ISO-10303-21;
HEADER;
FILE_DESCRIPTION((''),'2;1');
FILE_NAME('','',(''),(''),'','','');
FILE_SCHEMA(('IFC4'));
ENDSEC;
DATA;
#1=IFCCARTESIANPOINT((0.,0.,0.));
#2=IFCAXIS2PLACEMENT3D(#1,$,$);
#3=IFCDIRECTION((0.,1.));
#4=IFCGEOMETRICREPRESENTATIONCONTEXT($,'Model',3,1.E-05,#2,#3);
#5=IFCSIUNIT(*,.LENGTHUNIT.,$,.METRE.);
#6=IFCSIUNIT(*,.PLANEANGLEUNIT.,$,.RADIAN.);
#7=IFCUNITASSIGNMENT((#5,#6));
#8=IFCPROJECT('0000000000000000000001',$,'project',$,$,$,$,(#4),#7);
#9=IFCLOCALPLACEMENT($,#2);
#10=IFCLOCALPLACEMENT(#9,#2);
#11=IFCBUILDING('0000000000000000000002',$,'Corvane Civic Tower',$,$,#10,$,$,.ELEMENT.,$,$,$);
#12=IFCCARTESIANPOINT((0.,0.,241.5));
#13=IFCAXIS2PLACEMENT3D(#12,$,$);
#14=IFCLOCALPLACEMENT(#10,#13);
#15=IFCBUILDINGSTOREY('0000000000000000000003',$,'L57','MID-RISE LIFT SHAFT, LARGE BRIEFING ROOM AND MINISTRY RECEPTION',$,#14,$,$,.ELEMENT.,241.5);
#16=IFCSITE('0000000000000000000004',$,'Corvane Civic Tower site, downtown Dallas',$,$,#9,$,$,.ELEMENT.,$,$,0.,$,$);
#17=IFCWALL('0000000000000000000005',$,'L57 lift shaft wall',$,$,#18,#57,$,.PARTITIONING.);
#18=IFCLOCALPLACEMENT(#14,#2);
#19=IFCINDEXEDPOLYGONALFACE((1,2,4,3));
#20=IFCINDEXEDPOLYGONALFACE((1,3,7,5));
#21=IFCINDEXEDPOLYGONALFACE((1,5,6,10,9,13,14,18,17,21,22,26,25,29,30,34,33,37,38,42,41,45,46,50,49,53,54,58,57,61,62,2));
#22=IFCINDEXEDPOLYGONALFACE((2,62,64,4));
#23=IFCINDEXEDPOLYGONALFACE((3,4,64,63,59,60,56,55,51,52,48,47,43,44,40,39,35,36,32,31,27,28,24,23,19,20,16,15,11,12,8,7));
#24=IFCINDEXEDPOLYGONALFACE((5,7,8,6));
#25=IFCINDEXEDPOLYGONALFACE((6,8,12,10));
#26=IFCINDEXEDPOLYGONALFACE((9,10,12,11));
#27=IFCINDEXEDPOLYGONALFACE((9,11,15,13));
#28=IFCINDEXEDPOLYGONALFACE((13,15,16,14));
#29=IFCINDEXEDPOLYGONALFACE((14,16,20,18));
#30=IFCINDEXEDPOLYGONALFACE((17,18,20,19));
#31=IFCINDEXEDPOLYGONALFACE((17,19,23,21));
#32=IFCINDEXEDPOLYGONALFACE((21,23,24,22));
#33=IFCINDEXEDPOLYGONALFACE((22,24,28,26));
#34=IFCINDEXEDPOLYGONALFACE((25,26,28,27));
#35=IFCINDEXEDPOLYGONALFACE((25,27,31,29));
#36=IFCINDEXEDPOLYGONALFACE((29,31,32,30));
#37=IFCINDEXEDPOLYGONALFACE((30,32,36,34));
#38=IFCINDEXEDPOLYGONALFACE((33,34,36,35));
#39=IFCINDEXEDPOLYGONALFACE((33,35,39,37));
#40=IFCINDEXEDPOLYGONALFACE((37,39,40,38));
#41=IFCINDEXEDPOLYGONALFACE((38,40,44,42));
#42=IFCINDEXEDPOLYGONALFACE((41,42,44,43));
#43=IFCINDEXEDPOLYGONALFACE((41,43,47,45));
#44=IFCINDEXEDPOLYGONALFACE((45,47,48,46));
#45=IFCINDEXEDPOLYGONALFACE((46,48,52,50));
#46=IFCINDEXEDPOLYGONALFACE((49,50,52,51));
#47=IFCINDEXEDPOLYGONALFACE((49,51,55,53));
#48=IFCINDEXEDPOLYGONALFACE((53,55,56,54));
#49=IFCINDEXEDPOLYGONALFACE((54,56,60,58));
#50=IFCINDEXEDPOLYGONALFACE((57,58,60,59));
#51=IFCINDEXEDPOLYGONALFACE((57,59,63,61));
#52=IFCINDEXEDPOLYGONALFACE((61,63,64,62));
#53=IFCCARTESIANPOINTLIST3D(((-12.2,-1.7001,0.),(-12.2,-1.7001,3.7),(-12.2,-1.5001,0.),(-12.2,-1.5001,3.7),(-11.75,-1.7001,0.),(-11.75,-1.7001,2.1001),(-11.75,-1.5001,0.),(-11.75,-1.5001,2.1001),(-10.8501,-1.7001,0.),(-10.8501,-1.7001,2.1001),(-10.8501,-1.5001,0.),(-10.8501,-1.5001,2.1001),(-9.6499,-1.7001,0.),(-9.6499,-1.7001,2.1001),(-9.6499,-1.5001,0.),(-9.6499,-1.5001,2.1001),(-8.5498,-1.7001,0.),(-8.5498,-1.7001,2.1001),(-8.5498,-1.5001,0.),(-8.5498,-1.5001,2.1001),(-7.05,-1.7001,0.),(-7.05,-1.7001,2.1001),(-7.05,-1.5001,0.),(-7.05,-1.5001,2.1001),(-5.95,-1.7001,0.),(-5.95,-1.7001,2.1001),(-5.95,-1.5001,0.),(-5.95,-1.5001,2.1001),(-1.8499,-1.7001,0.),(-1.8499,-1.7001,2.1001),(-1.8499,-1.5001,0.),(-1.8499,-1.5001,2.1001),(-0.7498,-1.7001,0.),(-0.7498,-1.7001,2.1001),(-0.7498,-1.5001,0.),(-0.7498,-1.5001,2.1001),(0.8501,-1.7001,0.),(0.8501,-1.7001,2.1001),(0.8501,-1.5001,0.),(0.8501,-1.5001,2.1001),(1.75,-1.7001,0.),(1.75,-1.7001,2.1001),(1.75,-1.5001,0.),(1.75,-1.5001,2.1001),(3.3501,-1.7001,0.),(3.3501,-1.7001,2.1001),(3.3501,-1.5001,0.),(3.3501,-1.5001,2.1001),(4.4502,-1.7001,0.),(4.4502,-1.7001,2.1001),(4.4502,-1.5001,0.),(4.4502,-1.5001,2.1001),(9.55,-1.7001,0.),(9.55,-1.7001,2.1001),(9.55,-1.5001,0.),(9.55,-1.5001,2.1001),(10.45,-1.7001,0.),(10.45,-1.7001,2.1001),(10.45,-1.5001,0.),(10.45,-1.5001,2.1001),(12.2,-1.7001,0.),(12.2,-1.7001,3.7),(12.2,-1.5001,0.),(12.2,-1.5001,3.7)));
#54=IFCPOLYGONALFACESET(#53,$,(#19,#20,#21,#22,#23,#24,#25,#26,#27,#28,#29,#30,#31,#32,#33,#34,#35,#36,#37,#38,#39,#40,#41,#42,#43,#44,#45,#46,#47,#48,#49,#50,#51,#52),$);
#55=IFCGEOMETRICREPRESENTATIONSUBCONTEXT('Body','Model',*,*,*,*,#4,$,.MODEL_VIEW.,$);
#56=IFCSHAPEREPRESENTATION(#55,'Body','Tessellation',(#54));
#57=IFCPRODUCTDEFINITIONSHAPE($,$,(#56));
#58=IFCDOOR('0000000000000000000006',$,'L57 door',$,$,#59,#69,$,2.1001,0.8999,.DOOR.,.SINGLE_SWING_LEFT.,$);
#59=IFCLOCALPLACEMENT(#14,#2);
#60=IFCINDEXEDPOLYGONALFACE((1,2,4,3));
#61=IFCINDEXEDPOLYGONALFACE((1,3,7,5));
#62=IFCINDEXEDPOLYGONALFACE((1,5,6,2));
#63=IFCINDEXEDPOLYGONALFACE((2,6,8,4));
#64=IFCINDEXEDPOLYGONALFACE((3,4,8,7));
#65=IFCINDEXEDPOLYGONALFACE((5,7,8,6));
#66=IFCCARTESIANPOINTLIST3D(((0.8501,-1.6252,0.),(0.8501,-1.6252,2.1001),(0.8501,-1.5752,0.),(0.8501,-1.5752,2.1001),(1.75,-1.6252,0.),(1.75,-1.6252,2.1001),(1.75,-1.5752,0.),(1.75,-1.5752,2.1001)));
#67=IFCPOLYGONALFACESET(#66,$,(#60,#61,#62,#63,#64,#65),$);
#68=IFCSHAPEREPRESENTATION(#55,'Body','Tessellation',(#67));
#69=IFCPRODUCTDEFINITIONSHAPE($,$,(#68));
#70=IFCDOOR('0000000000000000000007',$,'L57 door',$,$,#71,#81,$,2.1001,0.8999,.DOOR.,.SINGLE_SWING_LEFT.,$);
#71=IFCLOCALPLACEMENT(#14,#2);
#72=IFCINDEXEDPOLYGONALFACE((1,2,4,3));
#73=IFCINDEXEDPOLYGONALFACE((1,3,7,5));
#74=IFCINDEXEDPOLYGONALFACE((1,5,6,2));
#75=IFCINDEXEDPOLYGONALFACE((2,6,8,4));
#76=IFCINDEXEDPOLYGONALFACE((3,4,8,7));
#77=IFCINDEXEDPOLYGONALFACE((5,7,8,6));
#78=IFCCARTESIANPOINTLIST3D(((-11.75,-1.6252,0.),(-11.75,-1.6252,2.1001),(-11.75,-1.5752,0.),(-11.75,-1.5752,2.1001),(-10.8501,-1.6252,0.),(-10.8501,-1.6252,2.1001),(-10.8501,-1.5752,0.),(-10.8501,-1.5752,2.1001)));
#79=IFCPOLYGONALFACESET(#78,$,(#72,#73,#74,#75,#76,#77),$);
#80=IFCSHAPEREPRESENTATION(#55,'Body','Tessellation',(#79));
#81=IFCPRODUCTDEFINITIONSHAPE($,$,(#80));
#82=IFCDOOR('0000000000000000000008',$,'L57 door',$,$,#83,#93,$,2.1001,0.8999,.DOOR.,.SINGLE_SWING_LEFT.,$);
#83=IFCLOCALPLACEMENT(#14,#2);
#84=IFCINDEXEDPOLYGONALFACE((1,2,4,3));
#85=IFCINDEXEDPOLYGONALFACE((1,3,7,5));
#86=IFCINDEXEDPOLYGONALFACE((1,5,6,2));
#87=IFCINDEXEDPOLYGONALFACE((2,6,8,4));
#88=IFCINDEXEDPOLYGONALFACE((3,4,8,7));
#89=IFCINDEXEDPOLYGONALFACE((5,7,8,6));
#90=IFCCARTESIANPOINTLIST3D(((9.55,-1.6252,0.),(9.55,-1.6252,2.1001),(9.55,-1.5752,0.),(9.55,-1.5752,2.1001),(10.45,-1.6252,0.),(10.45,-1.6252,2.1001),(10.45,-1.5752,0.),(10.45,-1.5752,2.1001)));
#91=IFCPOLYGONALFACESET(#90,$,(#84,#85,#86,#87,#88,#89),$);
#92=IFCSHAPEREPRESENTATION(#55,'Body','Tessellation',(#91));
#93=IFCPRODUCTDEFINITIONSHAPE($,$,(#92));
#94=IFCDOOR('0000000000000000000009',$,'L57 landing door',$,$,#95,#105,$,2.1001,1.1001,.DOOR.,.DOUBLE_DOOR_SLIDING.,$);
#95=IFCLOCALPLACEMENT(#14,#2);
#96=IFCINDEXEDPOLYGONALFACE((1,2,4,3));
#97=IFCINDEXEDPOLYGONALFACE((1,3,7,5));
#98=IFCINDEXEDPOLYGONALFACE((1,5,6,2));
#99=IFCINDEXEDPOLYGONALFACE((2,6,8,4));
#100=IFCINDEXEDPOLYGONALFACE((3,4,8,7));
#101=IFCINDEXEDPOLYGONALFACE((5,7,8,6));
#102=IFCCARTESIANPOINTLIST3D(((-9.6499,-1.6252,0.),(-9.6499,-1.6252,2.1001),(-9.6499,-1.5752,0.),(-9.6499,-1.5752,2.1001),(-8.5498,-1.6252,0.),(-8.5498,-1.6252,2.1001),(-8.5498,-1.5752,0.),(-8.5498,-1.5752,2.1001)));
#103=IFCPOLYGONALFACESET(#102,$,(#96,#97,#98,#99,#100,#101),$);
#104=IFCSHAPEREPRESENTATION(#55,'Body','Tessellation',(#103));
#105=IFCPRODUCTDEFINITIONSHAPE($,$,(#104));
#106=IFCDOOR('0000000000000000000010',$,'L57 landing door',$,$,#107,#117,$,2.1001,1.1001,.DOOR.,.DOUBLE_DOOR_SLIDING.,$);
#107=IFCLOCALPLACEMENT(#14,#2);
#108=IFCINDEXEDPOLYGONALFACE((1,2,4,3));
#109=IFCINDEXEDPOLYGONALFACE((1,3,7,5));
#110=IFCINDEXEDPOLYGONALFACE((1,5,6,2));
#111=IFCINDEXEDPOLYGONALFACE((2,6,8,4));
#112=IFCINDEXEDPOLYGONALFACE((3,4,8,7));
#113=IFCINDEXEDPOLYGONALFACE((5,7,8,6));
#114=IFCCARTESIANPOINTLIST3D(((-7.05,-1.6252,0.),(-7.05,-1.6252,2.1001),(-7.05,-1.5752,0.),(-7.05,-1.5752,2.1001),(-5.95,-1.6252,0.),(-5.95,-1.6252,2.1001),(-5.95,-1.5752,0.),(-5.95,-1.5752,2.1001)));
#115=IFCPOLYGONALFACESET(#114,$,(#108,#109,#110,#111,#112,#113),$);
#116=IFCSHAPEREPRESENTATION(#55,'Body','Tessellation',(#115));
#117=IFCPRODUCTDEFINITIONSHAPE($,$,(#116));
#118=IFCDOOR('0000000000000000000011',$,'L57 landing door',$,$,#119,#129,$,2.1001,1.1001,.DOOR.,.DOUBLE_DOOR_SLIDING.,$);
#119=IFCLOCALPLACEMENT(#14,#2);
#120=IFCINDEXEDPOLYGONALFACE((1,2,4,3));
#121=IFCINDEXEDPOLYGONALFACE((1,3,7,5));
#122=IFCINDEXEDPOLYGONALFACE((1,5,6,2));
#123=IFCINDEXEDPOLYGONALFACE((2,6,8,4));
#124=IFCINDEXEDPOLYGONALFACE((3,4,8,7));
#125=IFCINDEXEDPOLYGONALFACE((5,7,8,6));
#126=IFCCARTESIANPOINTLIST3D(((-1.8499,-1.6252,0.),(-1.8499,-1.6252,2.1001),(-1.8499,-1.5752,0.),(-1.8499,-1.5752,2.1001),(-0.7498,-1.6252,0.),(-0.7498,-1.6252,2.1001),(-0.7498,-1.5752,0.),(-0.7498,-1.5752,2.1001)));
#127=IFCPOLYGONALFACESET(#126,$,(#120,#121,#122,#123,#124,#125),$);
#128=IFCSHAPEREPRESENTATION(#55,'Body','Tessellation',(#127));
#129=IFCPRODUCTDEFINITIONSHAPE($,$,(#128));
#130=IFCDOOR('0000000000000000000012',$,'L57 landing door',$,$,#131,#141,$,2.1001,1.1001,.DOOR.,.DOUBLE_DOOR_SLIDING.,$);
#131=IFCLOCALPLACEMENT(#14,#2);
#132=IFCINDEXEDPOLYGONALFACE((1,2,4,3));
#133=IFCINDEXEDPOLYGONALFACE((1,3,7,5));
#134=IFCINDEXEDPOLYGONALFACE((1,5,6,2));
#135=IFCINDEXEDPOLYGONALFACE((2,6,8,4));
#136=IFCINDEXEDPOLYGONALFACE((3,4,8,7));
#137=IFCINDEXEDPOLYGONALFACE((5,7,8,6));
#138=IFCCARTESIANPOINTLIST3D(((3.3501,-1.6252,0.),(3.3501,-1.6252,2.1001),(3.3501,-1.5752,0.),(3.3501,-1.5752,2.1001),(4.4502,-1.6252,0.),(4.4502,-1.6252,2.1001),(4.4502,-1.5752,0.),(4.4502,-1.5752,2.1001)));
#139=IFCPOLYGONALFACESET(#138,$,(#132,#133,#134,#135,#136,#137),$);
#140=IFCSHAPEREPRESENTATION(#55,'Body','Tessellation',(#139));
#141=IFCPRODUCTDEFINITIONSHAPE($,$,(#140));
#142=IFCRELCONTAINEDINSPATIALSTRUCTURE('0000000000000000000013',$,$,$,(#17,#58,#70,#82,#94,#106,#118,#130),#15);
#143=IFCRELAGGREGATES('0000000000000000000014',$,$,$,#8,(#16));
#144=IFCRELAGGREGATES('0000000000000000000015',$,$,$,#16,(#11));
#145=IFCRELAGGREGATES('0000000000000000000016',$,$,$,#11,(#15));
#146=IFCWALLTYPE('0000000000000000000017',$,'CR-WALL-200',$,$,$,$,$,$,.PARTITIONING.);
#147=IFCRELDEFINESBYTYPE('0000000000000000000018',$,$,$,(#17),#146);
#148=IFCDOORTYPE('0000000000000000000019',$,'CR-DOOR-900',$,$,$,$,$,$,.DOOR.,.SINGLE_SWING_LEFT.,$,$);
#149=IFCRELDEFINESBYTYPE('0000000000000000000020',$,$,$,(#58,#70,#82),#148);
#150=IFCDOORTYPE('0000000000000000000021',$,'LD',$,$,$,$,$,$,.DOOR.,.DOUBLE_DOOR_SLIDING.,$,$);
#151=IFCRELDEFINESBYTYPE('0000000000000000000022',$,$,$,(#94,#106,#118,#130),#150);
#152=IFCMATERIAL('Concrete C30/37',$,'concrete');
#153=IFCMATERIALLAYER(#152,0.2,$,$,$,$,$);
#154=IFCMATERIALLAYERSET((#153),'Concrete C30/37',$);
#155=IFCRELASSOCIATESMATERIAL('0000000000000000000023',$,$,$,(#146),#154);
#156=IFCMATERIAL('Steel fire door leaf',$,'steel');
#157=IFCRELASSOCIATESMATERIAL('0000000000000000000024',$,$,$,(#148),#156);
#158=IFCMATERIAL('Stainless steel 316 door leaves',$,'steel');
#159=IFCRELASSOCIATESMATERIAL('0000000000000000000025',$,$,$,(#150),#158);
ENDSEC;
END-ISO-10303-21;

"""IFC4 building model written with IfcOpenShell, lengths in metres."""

from ifc_helpers import new_model, si_unit, direction, frame, frame_2d, origin, place, context, subcontext, project, spatial, rectangle, extrude, material, layer, layer_set, type_object, element, fill, save


model = new_model("IFC4")

# Units and contexts
model_context = context("Model", 3, precision=1e-05, world=origin(), true_north=direction((0.0, 1.0)))
body_context = subcontext(model_context, "Body", "Model", "MODEL_VIEW")
ifc_project = project(units=[si_unit("LENGTHUNIT", "METRE"), si_unit("PLANEANGLEUNIT", "RADIAN")], contexts=[model_context])

# Site, building, storey
site_placement = place(None, origin())
site = spatial("IfcSite", under=ifc_project, at=site_placement, Name="Corvane Civic Tower site, downtown Dallas", CompositionType="ELEMENT", RefElevation=0.0)
building_placement = place(site_placement, origin())
building = spatial("IfcBuilding", under=site, at=building_placement, Name="Corvane Civic Tower", CompositionType="ELEMENT")
storey_placement = place(building_placement, frame((0.0, 0.0, 241.5)))
storey = spatial("IfcBuildingStorey", under=building, at=storey_placement, Name="L57", Description="MID-RISE LIFT SHAFT, LARGE BRIEFING ROOM AND MINISTRY RECEPTION", CompositionType="ELEMENT", Elevation=241.5)

# Shared definitions
ifc_material_1 = material(Name="Concrete C30/37", Category="concrete")
ifc_layer_1 = layer(ifc_material_1, 0.2)
ifc_layer_set_1 = layer_set([ifc_layer_1], Name="Concrete C30/37")
wall_type_1 = type_object("IfcWallType", Name="CR-WALL-200", PredefinedType="PARTITIONING", material=ifc_layer_set_1)
ifc_material_2 = material(Name="Steel fire door leaf", Category="steel")
door_type_1 = type_object("IfcDoorType", Name="CR-DOOR-900", OperationType="SINGLE_SWING_LEFT", PredefinedType="DOOR", material=ifc_material_2)

# Wall, openings, doors
wall_1_placement = place(storey_placement, frame((-12.2, -1.6001, 0.0), z_axis=(0.0, 0.0, 1.0), x_axis=(1.0, 0.0, 0.0)))
wall_1 = element("IfcWall", 1, at=wall_1_placement, inside=storey, type_object=wall_type_1, Name="L57 lift shaft wall", PredefinedType="PARTITIONING", context=body_context, shape_type="SweptSolid", body=[
    extrude(rectangle(XDim=24.3999, YDim=0.2, at=frame_2d((12.2, 0.0))), origin(), (0.0, 0.0, 1.0), 3.7),
])
opening_1_placement = place(wall_1_placement, frame((2.55, 0.0, 0.0)))
opening_1 = element("IfcOpeningElement", 2, at=opening_1_placement, cuts=wall_1, PredefinedType="OPENING", context=body_context, shape_type="SweptSolid", body=[
    extrude(rectangle(XDim=1.1001, YDim=2.1001, at=frame_2d((0.55, 1.05))), frame((0.0, 0.1099, 0.0), z_axis=(0.0, -1.0, 0.0), x_axis=(1.0, 0.0, 0.0)), (0.0, 0.0, 1.0), 0.22),
])
opening_2_placement = place(wall_1_placement, frame((5.1499, 0.0, 0.0)))
opening_2 = element("IfcOpeningElement", 3, at=opening_2_placement, cuts=wall_1, PredefinedType="OPENING", context=body_context, shape_type="SweptSolid", body=[
    extrude(rectangle(XDim=1.1001, YDim=2.1001, at=frame_2d((0.55, 1.05))), frame((0.0, 0.1099, 0.0), z_axis=(0.0, -1.0, 0.0), x_axis=(1.0, 0.0, 0.0)), (0.0, 0.0, 1.0), 0.22),
])
opening_3_placement = place(wall_1_placement, frame((10.3501, 0.0, 0.0)))
opening_3 = element("IfcOpeningElement", 4, at=opening_3_placement, cuts=wall_1, PredefinedType="OPENING", context=body_context, shape_type="SweptSolid", body=[
    extrude(rectangle(XDim=1.1001, YDim=2.1001, at=frame_2d((0.55, 1.05))), frame((0.0, 0.1099, 0.0), z_axis=(0.0, -1.0, 0.0), x_axis=(1.0, 0.0, 0.0)), (0.0, 0.0, 1.0), 0.22),
])
opening_4_placement = place(wall_1_placement, frame((13.05, 0.0, 0.0)))
opening_4 = element("IfcOpeningElement", 5, at=opening_4_placement, cuts=wall_1, PredefinedType="OPENING", context=body_context, shape_type="SweptSolid", body=[
    extrude(rectangle(XDim=0.8999, YDim=2.1001, at=frame_2d((0.45, 1.05))), frame((0.0, 0.1099, 0.0), z_axis=(0.0, -1.0, 0.0), x_axis=(1.0, 0.0, 0.0)), (0.0, 0.0, 1.0), 0.22),
])
opening_5_placement = place(wall_1_placement, frame((15.55, 0.0, 0.0)))
opening_5 = element("IfcOpeningElement", 6, at=opening_5_placement, cuts=wall_1, PredefinedType="OPENING", context=body_context, shape_type="SweptSolid", body=[
    extrude(rectangle(XDim=1.1001, YDim=2.1001, at=frame_2d((0.55, 1.05))), frame((0.0, 0.1099, 0.0), z_axis=(0.0, -1.0, 0.0), x_axis=(1.0, 0.0, 0.0)), (0.0, 0.0, 1.0), 0.22),
])
opening_6_placement = place(wall_1_placement, frame((0.45, 0.0, 0.0)))
opening_6 = element("IfcOpeningElement", 7, at=opening_6_placement, cuts=wall_1, PredefinedType="OPENING", context=body_context, shape_type="SweptSolid", body=[
    extrude(rectangle(XDim=0.8999, YDim=2.1001, at=frame_2d((0.45, 1.05))), frame((0.0, 0.1099, 0.0), z_axis=(0.0, -1.0, 0.0), x_axis=(1.0, 0.0, 0.0)), (0.0, 0.0, 1.0), 0.22),
])
opening_7_placement = place(wall_1_placement, frame((21.75, 0.0, 0.0)))
opening_7 = element("IfcOpeningElement", 8, at=opening_7_placement, cuts=wall_1, PredefinedType="OPENING", context=body_context, shape_type="SweptSolid", body=[
    extrude(rectangle(XDim=0.8999, YDim=2.1001, at=frame_2d((0.45, 1.05))), frame((0.0, 0.1099, 0.0), z_axis=(0.0, -1.0, 0.0), x_axis=(1.0, 0.0, 0.0)), (0.0, 0.0, 1.0), 0.22),
])
door_1_placement = place(opening_4_placement, origin())
door_1 = element("IfcDoor", 9, at=door_1_placement, inside=storey, type_object=door_type_1, Name="L57 door", OperationType="SINGLE_SWING_LEFT", OverallHeight=2.1001, OverallWidth=0.8999, PredefinedType="DOOR", context=body_context, shape_type="SweptSolid", body=[
    extrude(rectangle(XDim=0.8999, YDim=2.1001, at=frame_2d((0.45, 1.05))), frame((0.0, 0.0249, 0.0), z_axis=(0.0, -1.0, 0.0), x_axis=(1.0, 0.0, 0.0)), (0.0, 0.0, 1.0), 0.05),
])
fill(opening_4, door_1)
door_2_placement = place(opening_6_placement, origin())
door_2 = element("IfcDoor", 10, at=door_2_placement, inside=storey, type_object=door_type_1, Name="L57 door", OperationType="SINGLE_SWING_LEFT", OverallHeight=2.1001, OverallWidth=0.8999, PredefinedType="DOOR", context=body_context, shape_type="SweptSolid", body=[
    extrude(rectangle(XDim=0.8999, YDim=2.1001, at=frame_2d((0.45, 1.05))), frame((0.0, 0.0249, 0.0), z_axis=(0.0, -1.0, 0.0), x_axis=(1.0, 0.0, 0.0)), (0.0, 0.0, 1.0), 0.05),
])
fill(opening_6, door_2)
door_3_placement = place(opening_7_placement, origin())
door_3 = element("IfcDoor", 11, at=door_3_placement, inside=storey, type_object=door_type_1, Name="L57 door", OperationType="SINGLE_SWING_LEFT", OverallHeight=2.1001, OverallWidth=0.8999, PredefinedType="DOOR", context=body_context, shape_type="SweptSolid", body=[
    extrude(rectangle(XDim=0.8999, YDim=2.1001, at=frame_2d((0.45, 1.05))), frame((0.0, 0.0249, 0.0), z_axis=(0.0, -1.0, 0.0), x_axis=(1.0, 0.0, 0.0)), (0.0, 0.0, 1.0), 0.05),
])
fill(opening_7, door_3)
ifc_material_3 = material(Name="Stainless steel 316 door leaves", Category="steel")
door_type_2 = type_object("IfcDoorType", Name="LD", OperationType="DOUBLE_DOOR_SLIDING", PredefinedType="DOOR", material=ifc_material_3)
door_4_placement = place(opening_1_placement, origin())
door_4 = element("IfcDoor", 12, at=door_4_placement, inside=storey, type_object=door_type_2, Name="L57 landing door", OperationType="DOUBLE_DOOR_SLIDING", OverallHeight=2.1001, OverallWidth=1.1001, PredefinedType="DOOR", context=body_context, shape_type="SweptSolid", body=[
    extrude(rectangle(XDim=1.1001, YDim=2.1001, at=frame_2d((0.55, 1.05))), frame((0.0, 0.0249, 0.0), z_axis=(0.0, -1.0, 0.0), x_axis=(1.0, 0.0, 0.0)), (0.0, 0.0, 1.0), 0.05),
])
fill(opening_1, door_4)
door_5_placement = place(opening_2_placement, origin())
door_5 = element("IfcDoor", 13, at=door_5_placement, inside=storey, type_object=door_type_2, Name="L57 landing door", OperationType="DOUBLE_DOOR_SLIDING", OverallHeight=2.1001, OverallWidth=1.1001, PredefinedType="DOOR", context=body_context, shape_type="SweptSolid", body=[
    extrude(rectangle(XDim=1.1001, YDim=2.1001, at=frame_2d((0.55, 1.05))), frame((0.0, 0.0249, 0.0), z_axis=(0.0, -1.0, 0.0), x_axis=(1.0, 0.0, 0.0)), (0.0, 0.0, 1.0), 0.05),
])
fill(opening_2, door_5)
door_6_placement = place(opening_3_placement, origin())
door_6 = element("IfcDoor", 14, at=door_6_placement, inside=storey, type_object=door_type_2, Name="L57 landing door", OperationType="DOUBLE_DOOR_SLIDING", OverallHeight=2.1001, OverallWidth=1.1001, PredefinedType="DOOR", context=body_context, shape_type="SweptSolid", body=[
    extrude(rectangle(XDim=1.1001, YDim=2.1001, at=frame_2d((0.55, 1.05))), frame((0.0, 0.0249, 0.0), z_axis=(0.0, -1.0, 0.0), x_axis=(1.0, 0.0, 0.0)), (0.0, 0.0, 1.0), 0.05),
])
fill(opening_3, door_6)
door_7_placement = place(opening_5_placement, origin())
door_7 = element("IfcDoor", 15, at=door_7_placement, inside=storey, type_object=door_type_2, Name="L57 landing door", OperationType="DOUBLE_DOOR_SLIDING", OverallHeight=2.1001, OverallWidth=1.1001, PredefinedType="DOOR", context=body_context, shape_type="SweptSolid", body=[
    extrude(rectangle(XDim=1.1001, YDim=2.1001, at=frame_2d((0.55, 1.05))), frame((0.0, 0.0249, 0.0), z_axis=(0.0, -1.0, 0.0), x_axis=(1.0, 0.0, 0.0)), (0.0, 0.0, 1.0), 0.05),
])
fill(opening_5, door_7)

save(model, "model.ifc")
